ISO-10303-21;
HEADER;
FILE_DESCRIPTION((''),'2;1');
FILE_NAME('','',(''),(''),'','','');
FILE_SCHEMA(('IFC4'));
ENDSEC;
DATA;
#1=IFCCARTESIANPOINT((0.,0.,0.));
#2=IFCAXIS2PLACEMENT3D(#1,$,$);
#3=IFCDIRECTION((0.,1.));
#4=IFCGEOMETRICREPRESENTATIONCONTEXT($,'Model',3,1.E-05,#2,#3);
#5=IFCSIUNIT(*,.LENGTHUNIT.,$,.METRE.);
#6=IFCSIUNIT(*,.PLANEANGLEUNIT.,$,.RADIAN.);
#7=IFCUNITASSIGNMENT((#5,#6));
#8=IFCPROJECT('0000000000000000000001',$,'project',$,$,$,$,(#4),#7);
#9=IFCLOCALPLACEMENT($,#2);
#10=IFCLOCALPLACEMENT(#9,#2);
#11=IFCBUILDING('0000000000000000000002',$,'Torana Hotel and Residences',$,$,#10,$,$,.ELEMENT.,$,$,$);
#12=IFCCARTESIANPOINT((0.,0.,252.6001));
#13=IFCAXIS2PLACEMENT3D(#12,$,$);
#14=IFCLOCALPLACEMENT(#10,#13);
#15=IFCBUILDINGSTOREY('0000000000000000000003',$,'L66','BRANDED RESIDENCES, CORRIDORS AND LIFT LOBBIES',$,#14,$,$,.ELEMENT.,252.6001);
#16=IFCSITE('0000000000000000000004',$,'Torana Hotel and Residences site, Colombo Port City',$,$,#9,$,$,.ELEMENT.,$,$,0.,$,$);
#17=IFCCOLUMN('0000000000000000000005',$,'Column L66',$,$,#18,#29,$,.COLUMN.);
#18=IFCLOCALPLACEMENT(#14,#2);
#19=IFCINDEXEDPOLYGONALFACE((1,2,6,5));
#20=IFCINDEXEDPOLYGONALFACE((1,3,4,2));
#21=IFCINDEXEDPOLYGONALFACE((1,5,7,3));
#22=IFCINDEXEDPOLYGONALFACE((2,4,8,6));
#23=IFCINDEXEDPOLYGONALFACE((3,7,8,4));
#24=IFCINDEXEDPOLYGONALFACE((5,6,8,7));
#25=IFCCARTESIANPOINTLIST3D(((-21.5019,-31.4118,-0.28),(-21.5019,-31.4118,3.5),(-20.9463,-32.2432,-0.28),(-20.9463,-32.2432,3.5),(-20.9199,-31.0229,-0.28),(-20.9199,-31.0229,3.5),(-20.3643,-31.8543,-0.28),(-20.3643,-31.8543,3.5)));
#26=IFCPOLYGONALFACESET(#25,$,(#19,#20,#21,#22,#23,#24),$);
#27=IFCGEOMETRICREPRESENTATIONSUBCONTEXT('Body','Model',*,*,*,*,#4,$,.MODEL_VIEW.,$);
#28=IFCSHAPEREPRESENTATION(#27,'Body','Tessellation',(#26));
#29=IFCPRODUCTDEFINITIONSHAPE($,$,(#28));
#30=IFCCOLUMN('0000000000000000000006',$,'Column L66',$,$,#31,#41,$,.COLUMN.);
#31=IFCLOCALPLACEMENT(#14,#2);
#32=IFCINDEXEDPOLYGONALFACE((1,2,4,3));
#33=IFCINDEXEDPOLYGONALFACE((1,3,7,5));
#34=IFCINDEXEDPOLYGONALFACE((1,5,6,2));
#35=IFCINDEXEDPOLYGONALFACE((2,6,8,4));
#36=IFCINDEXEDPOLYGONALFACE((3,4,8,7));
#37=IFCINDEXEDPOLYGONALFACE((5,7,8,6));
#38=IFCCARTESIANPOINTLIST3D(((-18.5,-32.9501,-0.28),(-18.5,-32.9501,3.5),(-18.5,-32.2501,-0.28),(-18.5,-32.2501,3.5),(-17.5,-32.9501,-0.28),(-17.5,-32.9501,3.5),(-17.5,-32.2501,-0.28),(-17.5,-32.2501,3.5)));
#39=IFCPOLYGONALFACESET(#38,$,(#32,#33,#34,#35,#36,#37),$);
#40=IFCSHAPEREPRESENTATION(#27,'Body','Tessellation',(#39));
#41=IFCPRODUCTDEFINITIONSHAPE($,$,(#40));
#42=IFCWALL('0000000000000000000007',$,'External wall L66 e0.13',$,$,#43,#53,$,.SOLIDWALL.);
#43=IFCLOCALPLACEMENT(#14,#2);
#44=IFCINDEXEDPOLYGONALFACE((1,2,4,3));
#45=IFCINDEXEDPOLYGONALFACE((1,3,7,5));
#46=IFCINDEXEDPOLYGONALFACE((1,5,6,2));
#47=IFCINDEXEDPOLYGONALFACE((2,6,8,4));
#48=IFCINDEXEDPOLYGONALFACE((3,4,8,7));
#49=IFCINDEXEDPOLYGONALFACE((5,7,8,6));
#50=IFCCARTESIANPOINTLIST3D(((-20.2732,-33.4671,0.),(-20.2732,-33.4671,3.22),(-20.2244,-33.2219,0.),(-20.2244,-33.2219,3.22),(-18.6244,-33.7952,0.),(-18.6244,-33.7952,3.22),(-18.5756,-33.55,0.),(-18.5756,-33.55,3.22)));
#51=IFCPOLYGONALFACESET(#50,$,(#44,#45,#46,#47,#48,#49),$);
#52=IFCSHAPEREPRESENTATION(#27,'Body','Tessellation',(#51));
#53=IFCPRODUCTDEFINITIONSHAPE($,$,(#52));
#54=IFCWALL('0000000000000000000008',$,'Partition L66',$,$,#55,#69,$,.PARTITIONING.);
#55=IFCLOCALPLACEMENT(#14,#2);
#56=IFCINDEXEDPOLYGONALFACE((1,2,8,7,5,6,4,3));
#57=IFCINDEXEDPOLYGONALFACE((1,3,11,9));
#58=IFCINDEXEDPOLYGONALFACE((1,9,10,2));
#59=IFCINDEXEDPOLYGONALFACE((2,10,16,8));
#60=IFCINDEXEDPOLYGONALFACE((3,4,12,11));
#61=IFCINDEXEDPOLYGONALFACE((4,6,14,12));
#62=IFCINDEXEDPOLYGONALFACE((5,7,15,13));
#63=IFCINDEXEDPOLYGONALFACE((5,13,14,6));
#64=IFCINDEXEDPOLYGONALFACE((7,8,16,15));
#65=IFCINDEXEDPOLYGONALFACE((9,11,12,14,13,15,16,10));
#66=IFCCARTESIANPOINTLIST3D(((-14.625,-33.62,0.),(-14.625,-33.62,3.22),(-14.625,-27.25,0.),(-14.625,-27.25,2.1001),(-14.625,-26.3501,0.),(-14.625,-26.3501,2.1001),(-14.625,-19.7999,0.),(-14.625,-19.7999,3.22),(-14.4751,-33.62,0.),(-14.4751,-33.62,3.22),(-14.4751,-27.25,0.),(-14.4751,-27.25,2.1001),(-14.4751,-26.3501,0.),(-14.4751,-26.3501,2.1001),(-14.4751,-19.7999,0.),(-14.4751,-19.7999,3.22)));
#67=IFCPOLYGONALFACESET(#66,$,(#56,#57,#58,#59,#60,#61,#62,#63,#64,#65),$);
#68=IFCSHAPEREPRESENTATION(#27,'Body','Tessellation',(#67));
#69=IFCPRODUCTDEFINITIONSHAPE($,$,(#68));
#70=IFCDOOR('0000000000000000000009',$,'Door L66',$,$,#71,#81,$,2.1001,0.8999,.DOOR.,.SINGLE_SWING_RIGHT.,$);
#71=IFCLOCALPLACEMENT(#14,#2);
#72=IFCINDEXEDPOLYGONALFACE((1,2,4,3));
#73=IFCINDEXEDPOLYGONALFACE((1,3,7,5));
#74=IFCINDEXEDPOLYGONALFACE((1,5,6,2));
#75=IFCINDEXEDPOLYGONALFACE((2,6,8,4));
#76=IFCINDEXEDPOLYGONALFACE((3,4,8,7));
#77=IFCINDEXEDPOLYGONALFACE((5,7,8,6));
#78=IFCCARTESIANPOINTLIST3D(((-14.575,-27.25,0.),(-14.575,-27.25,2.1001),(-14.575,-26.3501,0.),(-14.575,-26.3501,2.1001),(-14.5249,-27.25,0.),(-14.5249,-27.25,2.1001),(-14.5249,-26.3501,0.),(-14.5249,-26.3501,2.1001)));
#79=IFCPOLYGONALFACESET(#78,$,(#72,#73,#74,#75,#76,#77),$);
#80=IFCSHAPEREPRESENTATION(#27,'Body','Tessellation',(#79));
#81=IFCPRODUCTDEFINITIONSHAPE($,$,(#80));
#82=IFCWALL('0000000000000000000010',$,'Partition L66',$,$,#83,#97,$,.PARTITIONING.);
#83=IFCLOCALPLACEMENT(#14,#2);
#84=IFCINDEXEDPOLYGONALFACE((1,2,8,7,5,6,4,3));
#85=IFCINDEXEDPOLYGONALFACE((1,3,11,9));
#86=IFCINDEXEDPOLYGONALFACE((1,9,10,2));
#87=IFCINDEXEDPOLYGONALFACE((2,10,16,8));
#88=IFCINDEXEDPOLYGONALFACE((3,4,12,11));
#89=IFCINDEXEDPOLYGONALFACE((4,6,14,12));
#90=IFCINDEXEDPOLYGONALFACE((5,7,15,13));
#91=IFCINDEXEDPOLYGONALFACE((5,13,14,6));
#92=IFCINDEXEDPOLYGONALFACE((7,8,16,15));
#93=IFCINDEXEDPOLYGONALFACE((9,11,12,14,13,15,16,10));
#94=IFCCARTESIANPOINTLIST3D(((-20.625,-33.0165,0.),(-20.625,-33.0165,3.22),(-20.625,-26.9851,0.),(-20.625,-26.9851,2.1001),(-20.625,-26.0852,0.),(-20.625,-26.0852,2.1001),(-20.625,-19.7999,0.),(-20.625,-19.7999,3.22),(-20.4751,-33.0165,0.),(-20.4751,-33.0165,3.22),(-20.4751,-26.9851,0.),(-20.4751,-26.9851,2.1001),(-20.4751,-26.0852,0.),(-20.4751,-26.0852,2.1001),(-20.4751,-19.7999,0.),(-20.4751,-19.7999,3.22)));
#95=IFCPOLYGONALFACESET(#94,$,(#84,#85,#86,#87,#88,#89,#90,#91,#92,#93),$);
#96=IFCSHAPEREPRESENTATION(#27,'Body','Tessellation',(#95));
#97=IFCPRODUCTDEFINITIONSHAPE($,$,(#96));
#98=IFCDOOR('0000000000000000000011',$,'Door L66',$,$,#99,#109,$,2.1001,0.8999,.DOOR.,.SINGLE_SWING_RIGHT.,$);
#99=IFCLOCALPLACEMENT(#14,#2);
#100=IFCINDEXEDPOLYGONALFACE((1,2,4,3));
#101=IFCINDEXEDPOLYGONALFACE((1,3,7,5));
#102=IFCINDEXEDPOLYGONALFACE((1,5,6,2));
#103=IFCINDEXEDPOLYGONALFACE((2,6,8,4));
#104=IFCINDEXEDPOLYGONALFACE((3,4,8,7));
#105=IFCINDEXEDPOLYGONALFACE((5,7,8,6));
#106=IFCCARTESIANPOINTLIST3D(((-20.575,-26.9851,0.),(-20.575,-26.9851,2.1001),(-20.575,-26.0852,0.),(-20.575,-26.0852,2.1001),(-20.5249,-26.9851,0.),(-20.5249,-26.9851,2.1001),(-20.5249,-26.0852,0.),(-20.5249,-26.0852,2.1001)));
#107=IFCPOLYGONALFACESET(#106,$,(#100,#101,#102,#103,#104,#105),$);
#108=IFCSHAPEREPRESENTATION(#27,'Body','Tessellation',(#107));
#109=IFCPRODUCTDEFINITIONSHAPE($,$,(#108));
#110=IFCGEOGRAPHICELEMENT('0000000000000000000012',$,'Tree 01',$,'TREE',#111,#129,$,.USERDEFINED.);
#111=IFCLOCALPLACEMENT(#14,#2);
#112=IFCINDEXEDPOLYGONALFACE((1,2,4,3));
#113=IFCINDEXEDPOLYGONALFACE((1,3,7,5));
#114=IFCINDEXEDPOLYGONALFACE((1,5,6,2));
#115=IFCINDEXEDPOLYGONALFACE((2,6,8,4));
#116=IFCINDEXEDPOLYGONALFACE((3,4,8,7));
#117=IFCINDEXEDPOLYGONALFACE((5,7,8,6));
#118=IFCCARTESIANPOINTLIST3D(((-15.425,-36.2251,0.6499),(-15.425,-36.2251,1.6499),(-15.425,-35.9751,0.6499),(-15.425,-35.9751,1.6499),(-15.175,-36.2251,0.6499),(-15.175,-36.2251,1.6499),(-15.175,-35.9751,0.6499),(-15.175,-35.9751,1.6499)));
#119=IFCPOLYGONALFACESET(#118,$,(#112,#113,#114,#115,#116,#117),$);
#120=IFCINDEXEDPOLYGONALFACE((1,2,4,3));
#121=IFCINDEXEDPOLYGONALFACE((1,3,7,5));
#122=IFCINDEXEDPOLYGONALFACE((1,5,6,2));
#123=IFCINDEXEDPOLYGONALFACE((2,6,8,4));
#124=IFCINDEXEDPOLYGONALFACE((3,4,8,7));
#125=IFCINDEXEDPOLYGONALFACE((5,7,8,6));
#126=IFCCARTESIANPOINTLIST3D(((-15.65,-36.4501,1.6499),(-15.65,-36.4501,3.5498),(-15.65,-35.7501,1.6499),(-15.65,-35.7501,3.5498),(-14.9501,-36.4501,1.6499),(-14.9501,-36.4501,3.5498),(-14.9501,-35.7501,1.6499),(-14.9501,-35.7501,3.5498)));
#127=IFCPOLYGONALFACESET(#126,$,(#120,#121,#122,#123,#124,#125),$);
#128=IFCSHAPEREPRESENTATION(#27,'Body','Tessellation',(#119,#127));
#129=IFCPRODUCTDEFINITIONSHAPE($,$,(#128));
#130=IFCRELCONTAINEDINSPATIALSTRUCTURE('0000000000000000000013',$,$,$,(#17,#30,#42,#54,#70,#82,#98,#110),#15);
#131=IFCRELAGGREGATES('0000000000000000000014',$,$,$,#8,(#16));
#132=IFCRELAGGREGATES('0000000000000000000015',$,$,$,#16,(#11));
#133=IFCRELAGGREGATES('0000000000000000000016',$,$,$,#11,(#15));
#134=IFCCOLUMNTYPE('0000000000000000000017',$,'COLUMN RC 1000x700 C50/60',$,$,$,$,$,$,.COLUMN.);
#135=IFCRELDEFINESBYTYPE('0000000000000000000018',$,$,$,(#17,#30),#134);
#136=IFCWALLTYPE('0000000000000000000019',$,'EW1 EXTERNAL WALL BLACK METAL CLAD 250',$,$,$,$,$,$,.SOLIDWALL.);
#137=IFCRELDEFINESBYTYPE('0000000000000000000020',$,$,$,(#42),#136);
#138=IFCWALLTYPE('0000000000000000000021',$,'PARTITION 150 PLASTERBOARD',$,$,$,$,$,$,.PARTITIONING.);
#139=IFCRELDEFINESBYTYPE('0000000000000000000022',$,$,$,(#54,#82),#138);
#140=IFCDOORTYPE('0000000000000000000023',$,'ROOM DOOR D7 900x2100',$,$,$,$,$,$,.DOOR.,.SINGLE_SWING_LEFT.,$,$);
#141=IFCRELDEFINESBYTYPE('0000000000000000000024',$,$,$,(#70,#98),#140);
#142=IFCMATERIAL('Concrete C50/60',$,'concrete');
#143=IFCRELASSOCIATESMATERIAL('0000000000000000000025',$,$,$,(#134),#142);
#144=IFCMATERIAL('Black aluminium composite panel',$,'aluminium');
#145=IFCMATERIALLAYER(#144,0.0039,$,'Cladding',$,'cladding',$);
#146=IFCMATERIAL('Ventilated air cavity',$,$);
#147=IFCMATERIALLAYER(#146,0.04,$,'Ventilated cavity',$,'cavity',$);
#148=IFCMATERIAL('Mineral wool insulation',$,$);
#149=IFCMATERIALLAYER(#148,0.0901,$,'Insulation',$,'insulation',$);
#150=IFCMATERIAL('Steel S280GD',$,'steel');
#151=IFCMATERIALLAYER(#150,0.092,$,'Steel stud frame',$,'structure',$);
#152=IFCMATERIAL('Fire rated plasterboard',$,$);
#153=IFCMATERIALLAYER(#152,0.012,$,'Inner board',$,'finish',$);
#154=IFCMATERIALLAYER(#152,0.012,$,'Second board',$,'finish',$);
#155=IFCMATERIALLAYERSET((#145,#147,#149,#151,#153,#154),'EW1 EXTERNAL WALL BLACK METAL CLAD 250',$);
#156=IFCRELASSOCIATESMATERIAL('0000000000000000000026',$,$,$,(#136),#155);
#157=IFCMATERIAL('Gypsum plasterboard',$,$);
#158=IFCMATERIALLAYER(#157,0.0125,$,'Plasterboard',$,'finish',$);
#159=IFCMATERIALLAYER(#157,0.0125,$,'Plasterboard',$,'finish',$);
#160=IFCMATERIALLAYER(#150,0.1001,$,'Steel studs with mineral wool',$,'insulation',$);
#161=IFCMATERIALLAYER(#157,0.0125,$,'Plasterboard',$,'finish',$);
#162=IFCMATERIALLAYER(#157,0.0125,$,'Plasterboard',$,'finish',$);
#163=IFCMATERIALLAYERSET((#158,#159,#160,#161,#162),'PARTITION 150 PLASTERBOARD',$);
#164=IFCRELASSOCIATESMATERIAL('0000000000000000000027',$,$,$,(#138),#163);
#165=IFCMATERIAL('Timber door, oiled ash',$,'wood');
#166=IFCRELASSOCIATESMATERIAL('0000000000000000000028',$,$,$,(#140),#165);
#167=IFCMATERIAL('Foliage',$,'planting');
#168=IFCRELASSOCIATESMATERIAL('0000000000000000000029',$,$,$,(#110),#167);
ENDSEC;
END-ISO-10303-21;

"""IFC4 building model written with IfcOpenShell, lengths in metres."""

from ifc_helpers import new_model, si_unit, direction, frame, frame_2d, origin, origin_2d, place, context, subcontext, project, spatial, rectangle, extrude, material, layer, layer_set, material_profile, profile_set, type_object, element, fill, save


model = new_model("IFC4")

# Units and contexts
model_context = context("Model", 3, precision=1e-05, world=origin(), true_north=direction((0.0, 1.0)))
body_context = subcontext(model_context, "Body", "Model", "MODEL_VIEW")
ifc_project = project(units=[si_unit("LENGTHUNIT", "METRE"), si_unit("PLANEANGLEUNIT", "RADIAN")], contexts=[model_context])

# Site, building, storey
site_placement = place(None, origin())
site = spatial("IfcSite", under=ifc_project, at=site_placement, Name="Torana Hotel and Residences site, Colombo Port City", CompositionType="ELEMENT", RefElevation=0.0)
building_placement = place(site_placement, origin())
building = spatial("IfcBuilding", under=site, at=building_placement, Name="Torana Hotel and Residences", CompositionType="ELEMENT")
storey_placement = place(building_placement, frame((0.0, 0.0, 252.6001)))
storey = spatial("IfcBuildingStorey", under=building, at=storey_placement, Name="L66", Description="BRANDED RESIDENCES, CORRIDORS AND LIFT LOBBIES", CompositionType="ELEMENT", Elevation=252.6001)

# Columns
ifc_material_1 = material(Name="Concrete C50/60", Category="concrete")
ifc_material_profile = material_profile(ifc_material_1, rectangle(XDim=1.0, YDim=0.7, at=origin_2d()), Name="RC 1000x700")
ifc_profile_set = profile_set([ifc_material_profile], Name="Concrete C50/60")
column_type = type_object("IfcColumnType", Name="COLUMN RC 1000x700 C50/60", PredefinedType="COLUMN", material=ifc_profile_set)
for number, where, z_axis, x_axis, name in (
    (1, (-20.9331, -31.6331, -0.28), (0.0, 0.0, 1.0), (-0.555585, 0.83146, 0.0), "Column L66"),
    (2, (-18.0, -32.6001, -0.28), (0.0, 0.0, 1.0), (1.0, 0.0, 0.0), "Column L66"),
):
    element("IfcColumn", number, at=place(storey_placement, frame(where, z_axis=z_axis, x_axis=x_axis)), inside=storey, type_object=column_type, Name=name, PredefinedType="COLUMN", context=body_context, shape_type="SweptSolid", body=[
        extrude(rectangle(XDim=1.0, YDim=0.7, at=origin_2d()), origin(), (0.0, 0.0, 1.0), 3.78),
    ])

# Wall
ifc_material_2 = material(Name="Black aluminium composite panel", Category="aluminium")
ifc_layer_1 = layer(ifc_material_2, 0.0039, Name="Cladding", Category="cladding")
ifc_material_3 = material(Name="Ventilated air cavity")
ifc_layer_2 = layer(ifc_material_3, 0.04, Name="Ventilated cavity", Category="cavity")
ifc_material_4 = material(Name="Mineral wool insulation")
ifc_layer_3 = layer(ifc_material_4, 0.0901, Name="Insulation", Category="insulation")
ifc_material_5 = material(Name="Steel S280GD", Category="steel")
ifc_layer_4 = layer(ifc_material_5, 0.092, Name="Steel stud frame", Category="structure")
ifc_material_6 = material(Name="Fire rated plasterboard")
ifc_layer_5 = layer(ifc_material_6, 0.012, Name="Inner board", Category="finish")
ifc_layer_6 = layer(ifc_material_6, 0.012, Name="Second board", Category="finish")
ifc_layer_set_1 = layer_set([ifc_layer_1, ifc_layer_2, ifc_layer_3, ifc_layer_4, ifc_layer_5, ifc_layer_6], Name="EW1 EXTERNAL WALL BLACK METAL CLAD 250")
wall_type_1 = type_object("IfcWallType", Name="EW1 EXTERNAL WALL BLACK METAL CLAD 250", PredefinedType="SOLIDWALL", material=ifc_layer_set_1)
wall_1_placement = place(storey_placement, frame((-20.2488, -33.3445, 0.0), z_axis=(0.0, 0.0, 1.0), x_axis=(0.98077, -0.195167, 0.0)))
element("IfcWall", 3, at=wall_1_placement, inside=storey, type_object=wall_type_1, Name="External wall L66 e0.13", PredefinedType="SOLIDWALL", context=body_context, shape_type="SweptSolid", body=[
    extrude(rectangle(XDim=1.6812, YDim=0.25, at=frame_2d((0.8406, 0.0))), origin(), (0.0, 0.0, 1.0), 3.22),
])

# Walls, openings, doors
ifc_material_7 = material(Name="Gypsum plasterboard")
ifc_layer_7 = layer(ifc_material_7, 0.0125, Name="Plasterboard", Category="finish")
ifc_layer_8 = layer(ifc_material_7, 0.0125, Name="Plasterboard", Category="finish")
ifc_layer_9 = layer(ifc_material_5, 0.1001, Name="Steel studs with mineral wool", Category="insulation")
ifc_layer_10 = layer(ifc_material_7, 0.0125, Name="Plasterboard", Category="finish")
ifc_layer_11 = layer(ifc_material_7, 0.0125, Name="Plasterboard", Category="finish")
ifc_layer_set_2 = layer_set([ifc_layer_7, ifc_layer_8, ifc_layer_9, ifc_layer_10, ifc_layer_11], Name="PARTITION 150 PLASTERBOARD")
wall_type_2 = type_object("IfcWallType", Name="PARTITION 150 PLASTERBOARD", PredefinedType="PARTITIONING", material=ifc_layer_set_2)
wall_2_placement = place(storey_placement, frame((-14.55, -33.6201, 0.0), z_axis=(0.0, 0.0, 1.0), x_axis=(0.0, 1.0, 0.0)))
wall_2 = element("IfcWall", 4, at=wall_2_placement, inside=storey, type_object=wall_type_2, Name="Partition L66", PredefinedType="PARTITIONING", context=body_context, shape_type="SweptSolid", body=[
    extrude(rectangle(XDim=13.8201, YDim=0.1499, at=frame_2d((6.9102, 0.0))), origin(), (0.0, 0.0, 1.0), 3.22),
])
opening_1_placement = place(wall_2_placement, frame((6.3701, 0.0, 0.0)))
opening_1 = element("IfcOpeningElement", 5, at=opening_1_placement, cuts=wall_2, PredefinedType="OPENING", context=body_context, shape_type="SweptSolid", body=[
    extrude(rectangle(XDim=0.8999, YDim=2.1001, at=frame_2d((0.45, 1.05))), frame((0.0, 0.085, 0.0), z_axis=(0.0, -1.0, 0.0), x_axis=(1.0, 0.0, 0.0)), (0.0, 0.0, 1.0), 0.1699),
])
ifc_material_8 = material(Name="Timber door, oiled ash", Category="wood")
door_type_1 = type_object("IfcDoorType", Name="ROOM DOOR D7 900x2100", OperationType="SINGLE_SWING_LEFT", PredefinedType="DOOR", material=ifc_material_8)
door_1_placement = place(opening_1_placement, origin())
door_1 = element("IfcDoor", 6, at=door_1_placement, inside=storey, type_object=door_type_1, Name="Door L66", OperationType="SINGLE_SWING_RIGHT", OverallHeight=2.1001, OverallWidth=0.8999, PredefinedType="DOOR", context=body_context, shape_type="SweptSolid", body=[
    extrude(rectangle(XDim=0.8999, YDim=2.1001, at=frame_2d((0.45, 1.05))), frame((0.0, 0.0249, 0.0), z_axis=(0.0, -1.0, 0.0), x_axis=(1.0, 0.0, 0.0)), (0.0, 0.0, 1.0), 0.05),
])
fill(opening_1, door_1)
wall_3_placement = place(storey_placement, frame((-20.55, -33.0166, 0.0), z_axis=(0.0, 0.0, 1.0), x_axis=(0.0, 1.0, 0.0)))
wall_3 = element("IfcWall", 7, at=wall_3_placement, inside=storey, type_object=wall_type_2, Name="Partition L66", PredefinedType="PARTITIONING", context=body_context, shape_type="SweptSolid", body=[
    extrude(rectangle(XDim=13.2166, YDim=0.1499, at=frame_2d((6.6084, 0.0))), origin(), (0.0, 0.0, 1.0), 3.22),
])
opening_2_placement = place(wall_3_placement, frame((6.0315, 0.0, 0.0)))
opening_2 = element("IfcOpeningElement", 8, at=opening_2_placement, cuts=wall_3, PredefinedType="OPENING", context=body_context, shape_type="SweptSolid", body=[
    extrude(rectangle(XDim=0.8999, YDim=2.1001, at=frame_2d((0.45, 1.05))), frame((0.0, 0.085, 0.0), z_axis=(0.0, -1.0, 0.0), x_axis=(1.0, 0.0, 0.0)), (0.0, 0.0, 1.0), 0.1699),
])
door_2_placement = place(opening_2_placement, origin())
door_2 = element("IfcDoor", 9, at=door_2_placement, inside=storey, type_object=door_type_1, Name="Door L66", OperationType="SINGLE_SWING_RIGHT", OverallHeight=2.1001, OverallWidth=0.8999, PredefinedType="DOOR", context=body_context, shape_type="SweptSolid", body=[
    extrude(rectangle(XDim=0.8999, YDim=2.1001, at=frame_2d((0.45, 1.05))), frame((0.0, 0.0249, 0.0), z_axis=(0.0, -1.0, 0.0), x_axis=(1.0, 0.0, 0.0)), (0.0, 0.0, 1.0), 0.05),
])
fill(opening_2, door_2)

# Geographic element
ifc_material_9 = material(Name="Foliage", Category="planting")
geographic_element_placement = place(storey_placement, frame((-15.3, -36.1001, 0.6499), z_axis=(0.0, 0.0, 1.0), x_axis=(1.0, 0.0, 0.0)))
element("IfcGeographicElement", 10, at=geographic_element_placement, inside=storey, material=ifc_material_9, Name="Tree 01", ObjectType="TREE", PredefinedType="USERDEFINED", context=body_context, shape_type="SweptSolid", body=[
    extrude(rectangle(XDim=0.25, YDim=0.25, at=origin_2d()), origin(), (0.0, 0.0, 1.0), 1.0),
    extrude(rectangle(XDim=0.7, YDim=0.7, at=origin_2d()), frame((0.0, 0.0, 1.0)), (0.0, 0.0, 1.0), 1.8999),
])

save(model, "model.ifc")
